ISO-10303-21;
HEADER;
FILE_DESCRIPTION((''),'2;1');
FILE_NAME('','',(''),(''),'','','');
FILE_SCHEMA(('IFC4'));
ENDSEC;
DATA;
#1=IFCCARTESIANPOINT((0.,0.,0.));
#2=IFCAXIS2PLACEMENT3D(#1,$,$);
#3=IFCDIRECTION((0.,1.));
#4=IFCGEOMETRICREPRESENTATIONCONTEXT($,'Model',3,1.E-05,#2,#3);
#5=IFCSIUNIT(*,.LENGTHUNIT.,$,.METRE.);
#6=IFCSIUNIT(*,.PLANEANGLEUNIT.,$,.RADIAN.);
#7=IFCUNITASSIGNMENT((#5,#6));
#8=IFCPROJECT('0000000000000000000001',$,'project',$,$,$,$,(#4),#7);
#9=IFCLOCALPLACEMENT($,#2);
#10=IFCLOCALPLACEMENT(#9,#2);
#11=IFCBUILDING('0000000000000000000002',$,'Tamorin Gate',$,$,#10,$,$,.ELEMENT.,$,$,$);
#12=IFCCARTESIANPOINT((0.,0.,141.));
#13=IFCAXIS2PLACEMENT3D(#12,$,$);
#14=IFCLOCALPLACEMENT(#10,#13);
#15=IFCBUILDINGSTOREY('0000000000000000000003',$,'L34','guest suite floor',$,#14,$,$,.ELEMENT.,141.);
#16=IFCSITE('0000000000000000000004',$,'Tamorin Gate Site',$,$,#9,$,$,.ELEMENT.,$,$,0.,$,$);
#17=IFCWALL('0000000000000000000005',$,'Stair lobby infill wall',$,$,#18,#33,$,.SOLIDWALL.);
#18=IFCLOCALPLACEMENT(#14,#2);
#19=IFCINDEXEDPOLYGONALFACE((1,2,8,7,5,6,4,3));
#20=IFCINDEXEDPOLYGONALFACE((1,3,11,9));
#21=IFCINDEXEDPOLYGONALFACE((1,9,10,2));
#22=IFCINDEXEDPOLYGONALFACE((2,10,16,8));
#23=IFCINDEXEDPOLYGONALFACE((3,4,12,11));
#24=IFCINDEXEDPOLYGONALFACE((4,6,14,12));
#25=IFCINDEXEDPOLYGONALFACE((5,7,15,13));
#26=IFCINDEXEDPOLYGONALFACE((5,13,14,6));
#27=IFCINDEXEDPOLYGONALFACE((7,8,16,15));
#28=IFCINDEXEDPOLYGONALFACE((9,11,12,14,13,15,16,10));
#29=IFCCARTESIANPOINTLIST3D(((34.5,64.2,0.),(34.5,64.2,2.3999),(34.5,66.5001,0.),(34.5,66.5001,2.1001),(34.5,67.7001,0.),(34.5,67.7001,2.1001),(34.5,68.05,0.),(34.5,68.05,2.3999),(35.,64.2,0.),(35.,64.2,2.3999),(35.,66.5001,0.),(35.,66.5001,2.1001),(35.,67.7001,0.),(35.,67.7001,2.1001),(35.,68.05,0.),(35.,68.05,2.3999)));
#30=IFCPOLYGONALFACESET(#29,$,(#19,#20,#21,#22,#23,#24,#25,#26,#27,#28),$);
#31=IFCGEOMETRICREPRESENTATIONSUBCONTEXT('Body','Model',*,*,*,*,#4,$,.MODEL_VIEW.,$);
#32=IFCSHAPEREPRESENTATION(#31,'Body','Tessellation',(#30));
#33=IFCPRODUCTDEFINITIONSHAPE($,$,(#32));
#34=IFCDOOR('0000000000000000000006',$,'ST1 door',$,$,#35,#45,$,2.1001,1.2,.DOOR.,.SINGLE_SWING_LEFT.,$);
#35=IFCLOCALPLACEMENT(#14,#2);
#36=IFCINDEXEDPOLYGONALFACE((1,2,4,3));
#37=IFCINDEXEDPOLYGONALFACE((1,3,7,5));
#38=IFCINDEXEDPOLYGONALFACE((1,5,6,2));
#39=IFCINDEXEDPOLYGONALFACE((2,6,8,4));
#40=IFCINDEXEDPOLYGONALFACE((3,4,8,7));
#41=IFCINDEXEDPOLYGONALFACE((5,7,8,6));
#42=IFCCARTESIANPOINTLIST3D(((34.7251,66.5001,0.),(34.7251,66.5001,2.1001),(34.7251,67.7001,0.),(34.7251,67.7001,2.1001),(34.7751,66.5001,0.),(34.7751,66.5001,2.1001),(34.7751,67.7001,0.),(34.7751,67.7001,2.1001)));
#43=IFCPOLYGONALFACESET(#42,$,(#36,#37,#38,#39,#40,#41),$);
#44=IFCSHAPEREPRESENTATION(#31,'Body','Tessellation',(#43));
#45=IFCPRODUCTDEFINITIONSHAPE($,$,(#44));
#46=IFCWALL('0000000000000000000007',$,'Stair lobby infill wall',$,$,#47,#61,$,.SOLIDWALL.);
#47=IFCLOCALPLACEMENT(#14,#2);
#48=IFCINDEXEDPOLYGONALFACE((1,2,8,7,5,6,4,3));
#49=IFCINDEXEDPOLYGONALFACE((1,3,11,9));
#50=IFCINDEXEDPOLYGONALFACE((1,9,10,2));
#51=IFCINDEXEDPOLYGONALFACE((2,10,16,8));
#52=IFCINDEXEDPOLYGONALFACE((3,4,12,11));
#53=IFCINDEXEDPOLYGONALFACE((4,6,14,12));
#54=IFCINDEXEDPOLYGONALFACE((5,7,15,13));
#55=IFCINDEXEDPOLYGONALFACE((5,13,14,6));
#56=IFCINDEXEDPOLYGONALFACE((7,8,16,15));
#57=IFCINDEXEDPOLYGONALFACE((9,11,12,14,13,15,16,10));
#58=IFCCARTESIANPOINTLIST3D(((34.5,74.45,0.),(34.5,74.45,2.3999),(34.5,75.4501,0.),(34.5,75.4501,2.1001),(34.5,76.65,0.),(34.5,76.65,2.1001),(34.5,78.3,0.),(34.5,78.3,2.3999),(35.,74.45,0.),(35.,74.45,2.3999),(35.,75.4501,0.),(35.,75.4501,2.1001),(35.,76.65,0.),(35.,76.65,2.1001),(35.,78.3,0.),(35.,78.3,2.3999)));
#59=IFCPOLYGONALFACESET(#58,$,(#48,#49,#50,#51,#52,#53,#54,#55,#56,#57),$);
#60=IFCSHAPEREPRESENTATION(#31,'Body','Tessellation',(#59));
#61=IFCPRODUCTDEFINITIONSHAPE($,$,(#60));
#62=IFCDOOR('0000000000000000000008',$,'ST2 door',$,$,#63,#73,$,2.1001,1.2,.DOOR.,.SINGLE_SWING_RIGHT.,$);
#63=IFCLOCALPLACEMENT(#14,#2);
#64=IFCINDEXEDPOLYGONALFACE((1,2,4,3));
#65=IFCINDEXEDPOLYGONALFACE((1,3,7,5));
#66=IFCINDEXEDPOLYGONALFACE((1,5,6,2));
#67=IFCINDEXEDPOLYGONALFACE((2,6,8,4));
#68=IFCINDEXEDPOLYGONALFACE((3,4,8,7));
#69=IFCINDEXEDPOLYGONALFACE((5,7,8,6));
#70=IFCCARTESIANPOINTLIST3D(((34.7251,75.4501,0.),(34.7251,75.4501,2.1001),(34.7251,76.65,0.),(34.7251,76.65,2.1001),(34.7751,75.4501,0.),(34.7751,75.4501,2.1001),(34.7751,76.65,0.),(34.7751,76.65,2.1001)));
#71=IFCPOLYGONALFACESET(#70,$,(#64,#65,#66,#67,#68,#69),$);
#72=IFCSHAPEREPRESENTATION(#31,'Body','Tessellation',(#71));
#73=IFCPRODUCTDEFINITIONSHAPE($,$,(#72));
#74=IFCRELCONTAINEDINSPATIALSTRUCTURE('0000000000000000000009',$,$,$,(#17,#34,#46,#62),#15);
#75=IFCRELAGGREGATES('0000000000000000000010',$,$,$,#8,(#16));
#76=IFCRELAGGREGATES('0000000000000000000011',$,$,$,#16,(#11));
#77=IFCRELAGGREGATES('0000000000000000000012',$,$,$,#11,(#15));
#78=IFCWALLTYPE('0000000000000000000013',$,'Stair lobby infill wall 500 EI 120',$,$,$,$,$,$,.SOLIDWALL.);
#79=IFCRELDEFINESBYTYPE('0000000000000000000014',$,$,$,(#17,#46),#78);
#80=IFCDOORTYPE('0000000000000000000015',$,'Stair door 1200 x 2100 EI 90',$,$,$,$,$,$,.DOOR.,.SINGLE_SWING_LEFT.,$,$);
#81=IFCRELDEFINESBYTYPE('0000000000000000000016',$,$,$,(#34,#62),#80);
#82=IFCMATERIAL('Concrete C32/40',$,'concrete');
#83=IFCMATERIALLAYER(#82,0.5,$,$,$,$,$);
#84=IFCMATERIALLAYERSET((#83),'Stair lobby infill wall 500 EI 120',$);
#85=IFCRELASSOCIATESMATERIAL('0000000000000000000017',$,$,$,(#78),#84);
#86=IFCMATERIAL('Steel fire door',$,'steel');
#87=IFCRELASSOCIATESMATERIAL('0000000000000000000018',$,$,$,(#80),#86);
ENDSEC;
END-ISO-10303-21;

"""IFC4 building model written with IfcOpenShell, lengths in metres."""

from ifc_helpers import new_model, si_unit, direction, frame, frame_2d, origin, place, context, subcontext, project, spatial, rectangle, extrude, material, layer, layer_set, type_object, element, fill, save


model = new_model("IFC4")

# Units and contexts
model_context = context("Model", 3, precision=1e-05, world=origin(), true_north=direction((0.0, 1.0)))
body_context = subcontext(model_context, "Body", "Model", "MODEL_VIEW")
ifc_project = project(units=[si_unit("LENGTHUNIT", "METRE"), si_unit("PLANEANGLEUNIT", "RADIAN")], contexts=[model_context])

# Site, building, storey
site_placement = place(None, origin())
site = spatial("IfcSite", under=ifc_project, at=site_placement, Name="Tamorin Gate Site", CompositionType="ELEMENT", RefElevation=0.0)
building_placement = place(site_placement, origin())
building = spatial("IfcBuilding", under=site, at=building_placement, Name="Tamorin Gate", CompositionType="ELEMENT")
storey_placement = place(building_placement, frame((0.0, 0.0, 141.0)))
storey = spatial("IfcBuildingStorey", under=building, at=storey_placement, Name="L34", Description="guest suite floor", CompositionType="ELEMENT", Elevation=141.0)

# Shared definitions
ifc_material_1 = material(Name="Steel fire door", Category="steel")

# Walls, openings, doors
ifc_material_2 = material(Name="Concrete C32/40", Category="concrete")
ifc_layer_1 = layer(ifc_material_2, 0.5)
ifc_layer_set_1 = layer_set([ifc_layer_1], Name="Stair lobby infill wall 500 EI 120")
wall_type_1 = type_object("IfcWallType", Name="Stair lobby infill wall 500 EI 120", PredefinedType="SOLIDWALL", material=ifc_layer_set_1)
wall_1_placement = place(storey_placement, frame((34.75, 64.2, 0.0), z_axis=(0.0, 0.0, 1.0), x_axis=(0.0, 1.0, 0.0)))
wall_1 = element("IfcWall", 1, at=wall_1_placement, inside=storey, type_object=wall_type_1, Name="Stair lobby infill wall", PredefinedType="SOLIDWALL", context=body_context, shape_type="SweptSolid", body=[
    extrude(rectangle(XDim=3.8501, YDim=0.5, at=frame_2d((1.925, 0.0))), origin(), (0.0, 0.0, 1.0), 2.3999),
])
opening_1_placement = place(wall_1_placement, frame((2.3, 0.0, 0.0)))
opening_1 = element("IfcOpeningElement", 2, at=opening_1_placement, cuts=wall_1, PredefinedType="OPENING", context=body_context, shape_type="SweptSolid", body=[
    extrude(rectangle(XDim=1.2, YDim=2.1001, at=frame_2d((0.6001, 1.05))), frame((0.0, 0.26, 0.0), z_axis=(0.0, -1.0, 0.0), x_axis=(1.0, 0.0, 0.0)), (0.0, 0.0, 1.0), 0.52),
])
door_type_1 = type_object("IfcDoorType", Name="Stair door 1200 x 2100 EI 90", OperationType="SINGLE_SWING_LEFT", PredefinedType="DOOR", material=ifc_material_1)
door_1_placement = place(opening_1_placement, origin())
door_1 = element("IfcDoor", 3, at=door_1_placement, inside=storey, type_object=door_type_1, Name="ST1 door", OperationType="SINGLE_SWING_LEFT", OverallHeight=2.1001, OverallWidth=1.2, PredefinedType="DOOR", context=body_context, shape_type="SweptSolid", body=[
    extrude(rectangle(XDim=1.2, YDim=2.1001, at=frame_2d((0.6001, 1.05))), frame((0.0, 0.0249, 0.0), z_axis=(0.0, -1.0, 0.0), x_axis=(1.0, 0.0, 0.0)), (0.0, 0.0, 1.0), 0.05),
])
fill(opening_1, door_1)
wall_2_placement = place(storey_placement, frame((34.75, 74.45, 0.0), z_axis=(0.0, 0.0, 1.0), x_axis=(0.0, 1.0, 0.0)))
wall_2 = element("IfcWall", 4, at=wall_2_placement, inside=storey, type_object=wall_type_1, Name="Stair lobby infill wall", PredefinedType="SOLIDWALL", context=body_context, shape_type="SweptSolid", body=[
    extrude(rectangle(XDim=3.8501, YDim=0.5, at=frame_2d((1.925, 0.0))), origin(), (0.0, 0.0, 1.0), 2.3999),
])
opening_2_placement = place(wall_2_placement, frame((1.0, 0.0, 0.0)))
opening_2 = element("IfcOpeningElement", 5, at=opening_2_placement, cuts=wall_2, PredefinedType="OPENING", context=body_context, shape_type="SweptSolid", body=[
    extrude(rectangle(XDim=1.2, YDim=2.1001, at=frame_2d((0.6001, 1.05))), frame((0.0, 0.26, 0.0), z_axis=(0.0, -1.0, 0.0), x_axis=(1.0, 0.0, 0.0)), (0.0, 0.0, 1.0), 0.52),
])
door_2_placement = place(opening_2_placement, origin())
door_2 = element("IfcDoor", 6, at=door_2_placement, inside=storey, type_object=door_type_1, Name="ST2 door", OperationType="SINGLE_SWING_RIGHT", OverallHeight=2.1001, OverallWidth=1.2, PredefinedType="DOOR", context=body_context, shape_type="SweptSolid", body=[
    extrude(rectangle(XDim=1.2, YDim=2.1001, at=frame_2d((0.6001, 1.05))), frame((0.0, 0.0249, 0.0), z_axis=(0.0, -1.0, 0.0), x_axis=(1.0, 0.0, 0.0)), (0.0, 0.0, 1.0), 0.05),
])
fill(opening_2, door_2)

save(model, "model.ifc")
